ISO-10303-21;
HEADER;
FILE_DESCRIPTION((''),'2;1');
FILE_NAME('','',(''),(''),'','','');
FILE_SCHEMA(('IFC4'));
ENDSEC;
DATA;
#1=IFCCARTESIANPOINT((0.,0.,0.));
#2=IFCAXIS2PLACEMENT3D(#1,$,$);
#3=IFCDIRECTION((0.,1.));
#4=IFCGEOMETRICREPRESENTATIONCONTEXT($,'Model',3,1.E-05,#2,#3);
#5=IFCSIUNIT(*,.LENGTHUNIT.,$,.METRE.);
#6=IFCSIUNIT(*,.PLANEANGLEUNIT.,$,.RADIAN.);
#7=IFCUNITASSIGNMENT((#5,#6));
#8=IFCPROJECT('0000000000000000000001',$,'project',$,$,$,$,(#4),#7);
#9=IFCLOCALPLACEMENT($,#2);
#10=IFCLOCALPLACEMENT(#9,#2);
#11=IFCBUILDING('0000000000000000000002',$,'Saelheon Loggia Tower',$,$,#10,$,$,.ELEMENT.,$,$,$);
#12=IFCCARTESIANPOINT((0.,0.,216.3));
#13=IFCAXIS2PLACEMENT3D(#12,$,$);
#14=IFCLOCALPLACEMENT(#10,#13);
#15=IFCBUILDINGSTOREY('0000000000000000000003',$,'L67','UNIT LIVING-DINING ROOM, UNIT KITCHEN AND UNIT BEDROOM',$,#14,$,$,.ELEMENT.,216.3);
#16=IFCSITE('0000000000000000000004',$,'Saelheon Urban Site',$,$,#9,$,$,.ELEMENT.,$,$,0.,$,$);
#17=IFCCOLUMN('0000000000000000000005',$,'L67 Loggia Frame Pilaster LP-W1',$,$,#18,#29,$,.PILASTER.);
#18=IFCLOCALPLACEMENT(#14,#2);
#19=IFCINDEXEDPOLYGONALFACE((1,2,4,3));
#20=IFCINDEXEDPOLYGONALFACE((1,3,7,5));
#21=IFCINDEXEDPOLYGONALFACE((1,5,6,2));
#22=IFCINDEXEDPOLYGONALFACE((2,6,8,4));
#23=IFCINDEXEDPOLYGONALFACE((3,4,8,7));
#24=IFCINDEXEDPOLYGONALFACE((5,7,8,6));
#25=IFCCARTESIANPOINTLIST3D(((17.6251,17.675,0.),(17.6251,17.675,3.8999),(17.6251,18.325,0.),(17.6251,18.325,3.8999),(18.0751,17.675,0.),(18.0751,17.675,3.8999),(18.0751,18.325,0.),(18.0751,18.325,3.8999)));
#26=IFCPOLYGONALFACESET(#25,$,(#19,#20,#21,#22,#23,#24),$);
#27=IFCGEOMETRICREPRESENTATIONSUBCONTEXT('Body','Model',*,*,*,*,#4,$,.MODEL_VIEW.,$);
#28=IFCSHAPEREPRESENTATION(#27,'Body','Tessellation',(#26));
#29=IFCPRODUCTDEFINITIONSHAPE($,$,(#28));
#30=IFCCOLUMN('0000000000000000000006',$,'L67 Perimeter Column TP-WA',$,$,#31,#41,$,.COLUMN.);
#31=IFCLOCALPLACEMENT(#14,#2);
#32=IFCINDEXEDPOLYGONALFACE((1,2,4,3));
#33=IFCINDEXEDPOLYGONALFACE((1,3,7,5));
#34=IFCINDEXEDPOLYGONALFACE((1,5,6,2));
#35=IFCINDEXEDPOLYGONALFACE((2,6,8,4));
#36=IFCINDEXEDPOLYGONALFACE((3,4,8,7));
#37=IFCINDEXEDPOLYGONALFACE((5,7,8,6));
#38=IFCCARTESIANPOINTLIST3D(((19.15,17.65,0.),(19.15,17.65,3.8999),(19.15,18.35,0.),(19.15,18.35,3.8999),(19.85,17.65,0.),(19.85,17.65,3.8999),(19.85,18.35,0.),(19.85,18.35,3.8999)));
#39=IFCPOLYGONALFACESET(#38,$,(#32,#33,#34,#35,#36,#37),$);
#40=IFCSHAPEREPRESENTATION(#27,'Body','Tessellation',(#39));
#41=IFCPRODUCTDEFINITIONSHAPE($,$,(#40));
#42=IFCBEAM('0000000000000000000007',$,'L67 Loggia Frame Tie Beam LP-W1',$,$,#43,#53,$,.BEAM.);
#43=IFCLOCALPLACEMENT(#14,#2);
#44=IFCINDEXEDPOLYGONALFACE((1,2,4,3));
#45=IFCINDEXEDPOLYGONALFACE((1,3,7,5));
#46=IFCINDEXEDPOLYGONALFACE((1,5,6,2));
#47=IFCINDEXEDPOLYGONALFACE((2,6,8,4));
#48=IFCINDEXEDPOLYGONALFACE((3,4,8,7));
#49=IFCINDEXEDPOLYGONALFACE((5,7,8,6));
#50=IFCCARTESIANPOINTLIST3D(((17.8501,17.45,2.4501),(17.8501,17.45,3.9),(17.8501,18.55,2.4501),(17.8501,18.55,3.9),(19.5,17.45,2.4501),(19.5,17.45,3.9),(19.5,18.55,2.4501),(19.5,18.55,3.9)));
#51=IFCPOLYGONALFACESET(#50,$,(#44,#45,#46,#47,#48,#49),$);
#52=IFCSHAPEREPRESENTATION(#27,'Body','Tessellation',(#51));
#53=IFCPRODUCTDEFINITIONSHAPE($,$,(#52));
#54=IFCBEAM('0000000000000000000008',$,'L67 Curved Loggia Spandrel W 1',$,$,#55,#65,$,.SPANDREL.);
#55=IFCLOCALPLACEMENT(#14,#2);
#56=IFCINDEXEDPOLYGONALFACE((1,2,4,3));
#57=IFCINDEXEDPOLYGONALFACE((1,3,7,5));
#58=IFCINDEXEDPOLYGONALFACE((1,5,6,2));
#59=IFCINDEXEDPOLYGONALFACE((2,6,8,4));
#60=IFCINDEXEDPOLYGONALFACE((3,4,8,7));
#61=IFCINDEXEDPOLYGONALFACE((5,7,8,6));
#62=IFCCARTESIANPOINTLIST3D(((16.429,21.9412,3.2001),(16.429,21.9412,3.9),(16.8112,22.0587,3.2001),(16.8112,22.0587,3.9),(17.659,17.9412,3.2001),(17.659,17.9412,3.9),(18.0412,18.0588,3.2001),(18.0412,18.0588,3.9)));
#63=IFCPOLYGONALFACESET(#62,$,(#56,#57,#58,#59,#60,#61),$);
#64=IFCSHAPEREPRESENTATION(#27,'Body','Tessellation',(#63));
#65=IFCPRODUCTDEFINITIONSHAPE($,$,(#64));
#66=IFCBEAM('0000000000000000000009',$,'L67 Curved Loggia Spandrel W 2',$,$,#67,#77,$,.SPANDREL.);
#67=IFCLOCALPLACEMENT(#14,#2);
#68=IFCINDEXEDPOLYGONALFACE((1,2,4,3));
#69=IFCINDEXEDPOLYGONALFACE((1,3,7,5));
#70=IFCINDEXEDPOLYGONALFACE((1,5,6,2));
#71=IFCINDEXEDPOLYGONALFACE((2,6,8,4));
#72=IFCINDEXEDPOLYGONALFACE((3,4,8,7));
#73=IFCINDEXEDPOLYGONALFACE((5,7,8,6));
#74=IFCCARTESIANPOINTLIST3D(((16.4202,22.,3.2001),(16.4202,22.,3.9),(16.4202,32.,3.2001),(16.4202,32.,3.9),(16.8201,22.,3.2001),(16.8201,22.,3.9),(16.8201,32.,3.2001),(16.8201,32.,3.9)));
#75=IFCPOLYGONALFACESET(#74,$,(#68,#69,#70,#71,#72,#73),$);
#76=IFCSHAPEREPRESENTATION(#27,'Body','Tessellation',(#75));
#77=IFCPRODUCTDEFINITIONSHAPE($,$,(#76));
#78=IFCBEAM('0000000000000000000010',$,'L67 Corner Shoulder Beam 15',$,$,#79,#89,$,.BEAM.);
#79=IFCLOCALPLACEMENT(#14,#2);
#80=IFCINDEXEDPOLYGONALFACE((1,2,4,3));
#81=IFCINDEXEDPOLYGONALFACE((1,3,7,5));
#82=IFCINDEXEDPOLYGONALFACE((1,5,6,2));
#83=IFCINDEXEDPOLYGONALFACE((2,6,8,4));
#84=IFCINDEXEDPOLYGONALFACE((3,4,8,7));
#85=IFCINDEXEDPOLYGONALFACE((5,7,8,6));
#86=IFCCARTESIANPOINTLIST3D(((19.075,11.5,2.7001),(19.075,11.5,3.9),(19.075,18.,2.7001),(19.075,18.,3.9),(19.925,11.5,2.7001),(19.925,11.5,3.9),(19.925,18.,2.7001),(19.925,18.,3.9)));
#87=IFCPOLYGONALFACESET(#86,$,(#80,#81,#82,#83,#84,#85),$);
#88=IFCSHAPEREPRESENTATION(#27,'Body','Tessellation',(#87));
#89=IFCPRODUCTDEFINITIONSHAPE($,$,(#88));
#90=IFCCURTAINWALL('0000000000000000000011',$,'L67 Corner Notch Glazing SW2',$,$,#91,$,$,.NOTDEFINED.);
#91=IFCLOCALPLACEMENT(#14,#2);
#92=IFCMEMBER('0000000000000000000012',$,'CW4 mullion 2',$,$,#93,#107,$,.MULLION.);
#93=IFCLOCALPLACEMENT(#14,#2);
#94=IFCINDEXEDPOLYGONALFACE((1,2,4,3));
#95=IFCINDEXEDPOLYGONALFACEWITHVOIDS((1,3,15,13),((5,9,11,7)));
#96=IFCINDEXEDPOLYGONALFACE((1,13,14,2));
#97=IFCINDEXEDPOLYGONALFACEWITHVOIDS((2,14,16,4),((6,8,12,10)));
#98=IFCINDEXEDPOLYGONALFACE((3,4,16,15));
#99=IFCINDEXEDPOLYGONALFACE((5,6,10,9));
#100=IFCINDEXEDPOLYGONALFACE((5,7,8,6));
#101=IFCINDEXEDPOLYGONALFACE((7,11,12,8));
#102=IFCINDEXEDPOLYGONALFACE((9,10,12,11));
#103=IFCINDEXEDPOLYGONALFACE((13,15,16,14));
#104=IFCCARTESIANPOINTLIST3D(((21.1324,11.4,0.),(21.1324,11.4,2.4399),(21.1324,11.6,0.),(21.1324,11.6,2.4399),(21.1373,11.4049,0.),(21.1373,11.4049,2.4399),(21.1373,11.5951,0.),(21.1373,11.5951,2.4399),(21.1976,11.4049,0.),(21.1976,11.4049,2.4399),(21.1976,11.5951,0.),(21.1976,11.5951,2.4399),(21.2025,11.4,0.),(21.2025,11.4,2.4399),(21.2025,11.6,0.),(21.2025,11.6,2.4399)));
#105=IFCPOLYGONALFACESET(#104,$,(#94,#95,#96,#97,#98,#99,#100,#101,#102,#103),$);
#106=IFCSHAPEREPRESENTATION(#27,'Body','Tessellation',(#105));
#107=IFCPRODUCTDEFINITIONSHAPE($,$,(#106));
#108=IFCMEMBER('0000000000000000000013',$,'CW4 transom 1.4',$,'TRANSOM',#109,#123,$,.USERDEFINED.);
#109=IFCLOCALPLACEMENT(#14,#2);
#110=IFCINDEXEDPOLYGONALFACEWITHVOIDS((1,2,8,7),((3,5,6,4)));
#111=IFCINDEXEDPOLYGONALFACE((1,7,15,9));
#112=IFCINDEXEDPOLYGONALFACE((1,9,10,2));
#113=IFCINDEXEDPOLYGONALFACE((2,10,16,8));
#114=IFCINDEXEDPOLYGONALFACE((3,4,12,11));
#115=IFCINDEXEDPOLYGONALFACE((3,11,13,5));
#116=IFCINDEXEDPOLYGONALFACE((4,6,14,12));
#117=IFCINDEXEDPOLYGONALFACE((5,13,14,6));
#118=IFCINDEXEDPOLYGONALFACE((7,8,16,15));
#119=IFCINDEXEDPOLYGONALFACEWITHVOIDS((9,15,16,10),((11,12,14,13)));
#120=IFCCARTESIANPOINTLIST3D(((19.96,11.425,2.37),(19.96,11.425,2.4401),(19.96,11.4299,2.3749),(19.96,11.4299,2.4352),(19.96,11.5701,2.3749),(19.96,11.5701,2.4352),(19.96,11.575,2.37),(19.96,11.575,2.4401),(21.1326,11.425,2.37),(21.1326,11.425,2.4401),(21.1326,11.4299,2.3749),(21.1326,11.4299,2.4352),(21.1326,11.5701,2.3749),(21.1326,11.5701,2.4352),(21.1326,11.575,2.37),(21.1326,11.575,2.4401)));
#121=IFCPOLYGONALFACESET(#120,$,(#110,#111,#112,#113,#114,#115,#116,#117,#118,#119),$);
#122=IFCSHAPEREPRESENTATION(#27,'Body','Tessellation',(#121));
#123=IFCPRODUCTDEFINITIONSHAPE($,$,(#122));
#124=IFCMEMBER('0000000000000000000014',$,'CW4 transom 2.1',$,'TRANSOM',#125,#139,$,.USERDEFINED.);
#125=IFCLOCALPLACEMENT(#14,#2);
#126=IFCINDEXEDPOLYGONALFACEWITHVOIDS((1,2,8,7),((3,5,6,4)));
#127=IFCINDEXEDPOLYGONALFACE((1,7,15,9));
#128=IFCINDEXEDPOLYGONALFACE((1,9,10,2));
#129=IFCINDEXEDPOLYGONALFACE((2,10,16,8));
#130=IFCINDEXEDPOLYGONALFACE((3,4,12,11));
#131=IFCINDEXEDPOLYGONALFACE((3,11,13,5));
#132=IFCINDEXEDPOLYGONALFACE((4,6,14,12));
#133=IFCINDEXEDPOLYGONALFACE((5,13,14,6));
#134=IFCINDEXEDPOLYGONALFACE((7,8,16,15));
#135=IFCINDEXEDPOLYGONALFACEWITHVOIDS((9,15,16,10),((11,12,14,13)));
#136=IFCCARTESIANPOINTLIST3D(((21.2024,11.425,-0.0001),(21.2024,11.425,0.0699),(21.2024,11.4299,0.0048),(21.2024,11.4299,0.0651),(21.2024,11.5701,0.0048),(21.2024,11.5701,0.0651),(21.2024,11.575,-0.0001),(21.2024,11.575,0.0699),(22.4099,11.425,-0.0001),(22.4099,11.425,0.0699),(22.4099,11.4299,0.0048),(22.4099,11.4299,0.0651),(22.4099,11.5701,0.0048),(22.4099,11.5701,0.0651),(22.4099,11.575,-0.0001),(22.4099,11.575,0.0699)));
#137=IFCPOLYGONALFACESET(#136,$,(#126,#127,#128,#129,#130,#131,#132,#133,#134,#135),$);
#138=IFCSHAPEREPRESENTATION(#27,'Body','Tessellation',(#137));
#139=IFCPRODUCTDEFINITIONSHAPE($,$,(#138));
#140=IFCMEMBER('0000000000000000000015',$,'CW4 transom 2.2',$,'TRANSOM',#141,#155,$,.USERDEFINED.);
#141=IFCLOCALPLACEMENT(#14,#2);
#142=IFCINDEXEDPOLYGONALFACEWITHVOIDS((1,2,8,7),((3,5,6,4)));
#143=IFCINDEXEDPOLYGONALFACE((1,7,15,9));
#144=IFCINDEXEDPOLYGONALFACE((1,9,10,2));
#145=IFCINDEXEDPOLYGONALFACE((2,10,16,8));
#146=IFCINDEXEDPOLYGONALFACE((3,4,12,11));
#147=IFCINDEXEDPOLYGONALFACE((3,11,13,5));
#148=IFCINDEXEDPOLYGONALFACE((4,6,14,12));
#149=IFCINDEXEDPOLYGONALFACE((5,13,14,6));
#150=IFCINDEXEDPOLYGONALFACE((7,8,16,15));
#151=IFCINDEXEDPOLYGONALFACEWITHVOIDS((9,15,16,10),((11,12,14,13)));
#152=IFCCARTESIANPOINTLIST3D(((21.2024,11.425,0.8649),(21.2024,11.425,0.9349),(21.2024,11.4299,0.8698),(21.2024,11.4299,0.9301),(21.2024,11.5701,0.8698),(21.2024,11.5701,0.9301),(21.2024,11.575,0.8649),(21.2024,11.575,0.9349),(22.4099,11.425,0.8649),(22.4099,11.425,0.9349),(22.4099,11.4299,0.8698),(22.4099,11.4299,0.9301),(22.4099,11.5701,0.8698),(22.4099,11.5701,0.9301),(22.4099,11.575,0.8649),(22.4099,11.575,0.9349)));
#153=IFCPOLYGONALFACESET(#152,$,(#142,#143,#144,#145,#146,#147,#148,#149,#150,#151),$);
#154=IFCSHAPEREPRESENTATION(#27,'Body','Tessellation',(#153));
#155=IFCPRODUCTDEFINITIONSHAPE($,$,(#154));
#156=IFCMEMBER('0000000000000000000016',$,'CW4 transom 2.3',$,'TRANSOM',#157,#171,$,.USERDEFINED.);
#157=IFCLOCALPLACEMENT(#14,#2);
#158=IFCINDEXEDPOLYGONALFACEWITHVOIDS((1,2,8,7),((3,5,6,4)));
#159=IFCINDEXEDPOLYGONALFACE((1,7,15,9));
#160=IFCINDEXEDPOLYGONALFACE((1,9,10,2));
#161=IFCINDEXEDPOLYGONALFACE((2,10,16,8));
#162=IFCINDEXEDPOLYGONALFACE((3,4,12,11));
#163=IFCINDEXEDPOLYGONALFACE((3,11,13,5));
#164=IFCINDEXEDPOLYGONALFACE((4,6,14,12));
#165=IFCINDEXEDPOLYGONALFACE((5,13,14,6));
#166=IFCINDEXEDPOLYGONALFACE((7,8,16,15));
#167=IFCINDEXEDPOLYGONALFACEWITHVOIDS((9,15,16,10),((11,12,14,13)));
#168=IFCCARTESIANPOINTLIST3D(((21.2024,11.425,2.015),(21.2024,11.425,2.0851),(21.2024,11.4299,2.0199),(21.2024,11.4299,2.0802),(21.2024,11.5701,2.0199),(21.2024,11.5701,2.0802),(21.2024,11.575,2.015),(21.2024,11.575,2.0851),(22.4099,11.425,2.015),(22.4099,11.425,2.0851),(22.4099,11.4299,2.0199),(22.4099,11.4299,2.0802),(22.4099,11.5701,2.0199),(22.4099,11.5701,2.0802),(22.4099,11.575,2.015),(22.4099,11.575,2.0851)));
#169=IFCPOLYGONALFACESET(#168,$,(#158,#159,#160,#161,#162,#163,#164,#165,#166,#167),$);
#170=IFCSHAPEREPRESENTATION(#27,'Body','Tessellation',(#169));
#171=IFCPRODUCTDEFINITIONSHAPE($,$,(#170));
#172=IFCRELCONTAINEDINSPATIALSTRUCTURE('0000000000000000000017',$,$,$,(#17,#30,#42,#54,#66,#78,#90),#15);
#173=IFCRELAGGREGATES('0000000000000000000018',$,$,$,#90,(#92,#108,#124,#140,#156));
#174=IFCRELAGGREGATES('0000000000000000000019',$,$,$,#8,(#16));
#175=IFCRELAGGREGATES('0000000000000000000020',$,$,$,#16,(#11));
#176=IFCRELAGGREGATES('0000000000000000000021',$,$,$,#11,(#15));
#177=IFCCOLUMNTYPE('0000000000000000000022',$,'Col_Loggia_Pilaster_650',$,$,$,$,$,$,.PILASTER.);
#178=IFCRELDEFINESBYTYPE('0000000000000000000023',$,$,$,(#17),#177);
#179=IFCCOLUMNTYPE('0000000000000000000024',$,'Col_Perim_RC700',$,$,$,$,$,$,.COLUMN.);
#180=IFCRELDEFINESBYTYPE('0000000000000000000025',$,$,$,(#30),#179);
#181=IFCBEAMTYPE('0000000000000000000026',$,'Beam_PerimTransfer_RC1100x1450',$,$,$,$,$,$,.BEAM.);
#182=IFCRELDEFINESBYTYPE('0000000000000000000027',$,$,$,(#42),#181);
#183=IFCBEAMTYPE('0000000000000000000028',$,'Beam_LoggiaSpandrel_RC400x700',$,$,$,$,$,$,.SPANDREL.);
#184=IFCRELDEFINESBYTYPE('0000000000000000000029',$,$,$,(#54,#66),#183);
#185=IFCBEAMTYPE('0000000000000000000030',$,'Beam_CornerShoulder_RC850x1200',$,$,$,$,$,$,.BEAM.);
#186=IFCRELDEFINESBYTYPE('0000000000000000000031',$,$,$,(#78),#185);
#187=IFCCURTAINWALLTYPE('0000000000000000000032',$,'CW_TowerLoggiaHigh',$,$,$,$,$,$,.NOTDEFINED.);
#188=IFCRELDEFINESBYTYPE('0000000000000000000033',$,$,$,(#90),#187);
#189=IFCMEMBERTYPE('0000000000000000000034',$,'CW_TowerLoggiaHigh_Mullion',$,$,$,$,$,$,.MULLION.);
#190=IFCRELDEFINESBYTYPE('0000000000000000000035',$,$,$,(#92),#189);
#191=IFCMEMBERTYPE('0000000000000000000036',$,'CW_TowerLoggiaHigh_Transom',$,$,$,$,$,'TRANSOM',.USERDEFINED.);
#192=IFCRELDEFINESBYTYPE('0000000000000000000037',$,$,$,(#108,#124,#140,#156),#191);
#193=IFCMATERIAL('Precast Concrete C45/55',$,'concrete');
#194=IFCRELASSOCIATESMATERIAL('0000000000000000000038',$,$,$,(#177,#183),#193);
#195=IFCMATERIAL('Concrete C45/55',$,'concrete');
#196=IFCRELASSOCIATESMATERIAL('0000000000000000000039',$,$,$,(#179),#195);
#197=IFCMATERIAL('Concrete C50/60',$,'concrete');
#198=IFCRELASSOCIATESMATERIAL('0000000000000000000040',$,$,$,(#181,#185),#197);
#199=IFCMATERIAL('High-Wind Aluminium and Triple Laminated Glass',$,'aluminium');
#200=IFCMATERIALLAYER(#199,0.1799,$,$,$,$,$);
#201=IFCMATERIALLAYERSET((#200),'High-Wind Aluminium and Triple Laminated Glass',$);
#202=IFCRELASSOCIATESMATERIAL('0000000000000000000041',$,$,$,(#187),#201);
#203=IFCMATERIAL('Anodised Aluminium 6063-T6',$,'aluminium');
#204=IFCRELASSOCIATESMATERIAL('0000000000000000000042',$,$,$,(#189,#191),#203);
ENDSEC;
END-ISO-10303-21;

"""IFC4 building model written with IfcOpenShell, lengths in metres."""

from ifc_helpers import new_model, si_unit, direction, frame, origin, origin_2d, place, context, subcontext, project, spatial, rectangle, hollow_rectangle, extrude, source, transform, mapped, material, layer, layer_set, material_profile, profile_set, type_object, element, aggregate, save


model = new_model("IFC4")

# Units and contexts
model_context = context("Model", 3, precision=1e-05, world=origin(), true_north=direction((0.0, 1.0)))
body_context = subcontext(model_context, "Body", "Model", "MODEL_VIEW")
ifc_project = project(units=[si_unit("LENGTHUNIT", "METRE"), si_unit("PLANEANGLEUNIT", "RADIAN")], contexts=[model_context])

# Site, building, storey
site_placement = place(None, origin())
site = spatial("IfcSite", under=ifc_project, at=site_placement, Name="Saelheon Urban Site", CompositionType="ELEMENT", RefElevation=0.0)
building_placement = place(site_placement, origin())
building = spatial("IfcBuilding", under=site, at=building_placement, Name="Saelheon Loggia Tower", CompositionType="ELEMENT")
storey_placement = place(building_placement, frame((0.0, 0.0, 216.3)))
storey = spatial("IfcBuildingStorey", under=building, at=storey_placement, Name="L67", Description="UNIT LIVING-DINING ROOM, UNIT KITCHEN AND UNIT BEDROOM", CompositionType="ELEMENT", Elevation=216.3)

# Columns
ifc_material_1 = material(Name="Precast Concrete C45/55", Category="concrete")
ifc_material_profile_1 = material_profile(ifc_material_1, rectangle(XDim=0.45, YDim=0.6499, at=origin_2d()), Name="RC-450x650")
ifc_profile_set_1 = profile_set([ifc_material_profile_1], Name="Precast Concrete C45/55")
column_type_1 = type_object("IfcColumnType", Name="Col_Loggia_Pilaster_650", PredefinedType="PILASTER", material=ifc_profile_set_1)
shared_shape_1 = source(origin(), body_context, "Body", "SweptSolid", [
    extrude(rectangle(XDim=0.45, YDim=0.6499, at=origin_2d()), origin(), (0.0, 0.0, 1.0), 3.8999),
])
column_1_placement = place(storey_placement, frame((17.8501, 18.0, 0.0), z_axis=(0.0, 0.0, 1.0), x_axis=(1.0, 0.0, 0.0)))
element("IfcColumn", 1, at=column_1_placement, inside=storey, type_object=column_type_1, Name="L67 Loggia Frame Pilaster LP-W1", PredefinedType="PILASTER", context=body_context, shape_type="MappedRepresentation", body=[
    mapped(shared_shape_1, transform((0.0, 0.0, 0.0), scale=1.0)),
])
ifc_material_2 = material(Name="Concrete C45/55", Category="concrete")
ifc_material_profile_2 = material_profile(ifc_material_2, rectangle(XDim=0.7, YDim=0.7, at=origin_2d()), Name="RC-700x700")
ifc_profile_set_2 = profile_set([ifc_material_profile_2], Name="Concrete C45/55")
column_type_2 = type_object("IfcColumnType", Name="Col_Perim_RC700", PredefinedType="COLUMN", material=ifc_profile_set_2)
shared_shape_2 = source(origin(), body_context, "Body", "SweptSolid", [
    extrude(rectangle(XDim=0.7, YDim=0.7, at=origin_2d()), origin(), (0.0, 0.0, 1.0), 3.8999),
])
column_2_placement = place(storey_placement, frame((19.5, 18.0, 0.0), z_axis=(0.0, 0.0, 1.0), x_axis=(1.0, 0.0, 0.0)))
element("IfcColumn", 2, at=column_2_placement, inside=storey, type_object=column_type_2, Name="L67 Perimeter Column TP-WA", PredefinedType="COLUMN", context=body_context, shape_type="MappedRepresentation", body=[
    mapped(shared_shape_2, transform((0.0, 0.0, 0.0), scale=1.0)),
])

# Beams
ifc_material_3 = material(Name="Concrete C50/60", Category="concrete")
ifc_material_profile_3 = material_profile(ifc_material_3, rectangle(XDim=1.1001, YDim=1.45, at=origin_2d()), Name="RC-1100x1450")
ifc_profile_set_3 = profile_set([ifc_material_profile_3], Name="Concrete C50/60")
beam_type_1 = type_object("IfcBeamType", Name="Beam_PerimTransfer_RC1100x1450", PredefinedType="BEAM", material=ifc_profile_set_3)
shared_shape_3 = source(origin(), body_context, "Body", "SweptSolid", [
    extrude(rectangle(XDim=1.1001, YDim=1.45, at=origin_2d()), origin(), (0.0, 0.0, 1.0), 1.6499),
])
beam_1_placement = place(storey_placement, frame((19.5, 18.0, 3.175), z_axis=(-1.0, 0.0, 0.0), x_axis=(0.0, -1.0, 0.0)))
element("IfcBeam", 3, at=beam_1_placement, inside=storey, type_object=beam_type_1, Name="L67 Loggia Frame Tie Beam LP-W1", PredefinedType="BEAM", context=body_context, shape_type="MappedRepresentation", body=[
    mapped(shared_shape_3, transform((0.0, 0.0, 0.0), scale=1.0)),
])
ifc_material_profile_4 = material_profile(ifc_material_1, rectangle(XDim=0.3999, YDim=0.7, at=origin_2d()), Name="RC-400x700")
ifc_profile_set_4 = profile_set([ifc_material_profile_4], Name="Precast Concrete C45/55")
beam_type_2 = type_object("IfcBeamType", Name="Beam_LoggiaSpandrel_RC400x700", PredefinedType="SPANDREL", material=ifc_profile_set_4)
shared_shape_4 = source(origin(), body_context, "Body", "SweptSolid", [
    extrude(rectangle(XDim=0.3999, YDim=0.7, at=origin_2d()), origin(), (0.0, 0.0, 1.0), 4.1848),
])
beam_2_placement = place(storey_placement, frame((17.8501, 18.0, 3.55), z_axis=(-0.293914, 0.955832, 0.0), x_axis=(-0.955832, -0.293914, 0.0)))
element("IfcBeam", 4, at=beam_2_placement, inside=storey, type_object=beam_type_2, Name="L67 Curved Loggia Spandrel W 1", PredefinedType="SPANDREL", context=body_context, shape_type="MappedRepresentation", body=[
    mapped(shared_shape_4, transform((0.0, 0.0, 0.0), scale=1.0)),
])
shared_shape_5 = source(origin(), body_context, "Body", "SweptSolid", [
    extrude(rectangle(XDim=0.3999, YDim=0.7, at=origin_2d()), origin(), (0.0, 0.0, 1.0), 10.0),
])
beam_3_placement = place(storey_placement, frame((16.6201, 22.0, 3.55), z_axis=(0.0, 1.0, 0.0), x_axis=(-1.0, 0.0, 0.0)))
element("IfcBeam", 5, at=beam_3_placement, inside=storey, type_object=beam_type_2, Name="L67 Curved Loggia Spandrel W 2", PredefinedType="SPANDREL", context=body_context, shape_type="MappedRepresentation", body=[
    mapped(shared_shape_5, transform((0.0, 0.0, 0.0), scale=1.0)),
])
ifc_material_profile_5 = material_profile(ifc_material_3, rectangle(XDim=0.8501, YDim=1.2, at=origin_2d()), Name="RC-850x1200")
ifc_profile_set_5 = profile_set([ifc_material_profile_5], Name="Concrete C50/60")
beam_type_3 = type_object("IfcBeamType", Name="Beam_CornerShoulder_RC850x1200", PredefinedType="BEAM", material=ifc_profile_set_5)
shared_shape_6 = source(origin(), body_context, "Body", "SweptSolid", [
    extrude(rectangle(XDim=0.8501, YDim=1.2, at=origin_2d()), origin(), (0.0, 0.0, 1.0), 6.5),
])
beam_4_placement = place(storey_placement, frame((19.5, 18.0, 3.3), z_axis=(0.0, -1.0, 0.0), x_axis=(1.0, 0.0, 0.0)))
element("IfcBeam", 6, at=beam_4_placement, inside=storey, type_object=beam_type_3, Name="L67 Corner Shoulder Beam 15", PredefinedType="BEAM", context=body_context, shape_type="MappedRepresentation", body=[
    mapped(shared_shape_6, transform((0.0, 0.0, 0.0), scale=1.0)),
])

# Curtain wall, members
ifc_material_4 = material(Name="High-Wind Aluminium and Triple Laminated Glass", Category="aluminium")
ifc_layer_1 = layer(ifc_material_4, 0.1799)
ifc_layer_set_1 = layer_set([ifc_layer_1], Name="High-Wind Aluminium and Triple Laminated Glass")
curtain_wall_type = type_object("IfcCurtainWallType", Name="CW_TowerLoggiaHigh", PredefinedType="NOTDEFINED", material=ifc_layer_set_1)
curtain_wall_placement = place(storey_placement, origin())
curtain_wall = element("IfcCurtainWall", 7, at=curtain_wall_placement, inside=storey, type_object=curtain_wall_type, Name="L67 Corner Notch Glazing SW2", PredefinedType="NOTDEFINED")
ifc_material_5 = material(Name="Anodised Aluminium 6063-T6", Category="aluminium")
ifc_material_profile_6 = material_profile(ifc_material_5, hollow_rectangle(XDim=0.0701, YDim=0.2, WallThickness=0.0049, at=origin_2d()), Name="RHS-200x70x5")
ifc_profile_set_6 = profile_set([ifc_material_profile_6], Name="Anodised Aluminium 6063-T6")
member_type_1 = type_object("IfcMemberType", Name="CW_TowerLoggiaHigh_Mullion", PredefinedType="MULLION", material=ifc_profile_set_6)
shared_shape_7 = source(origin(), body_context, "Body", "SweptSolid", [
    extrude(hollow_rectangle(XDim=0.0701, YDim=0.2, WallThickness=0.0049, at=origin_2d()), origin(), (0.0, 0.0, 1.0), 2.4399),
])
member_1_placement = place(storey_placement, frame((21.1675, 11.5, 0.0), z_axis=(0.0, 0.0, 1.0), x_axis=(1.0, 0.0, 0.0)))
member_1 = element("IfcMember", 8, at=member_1_placement, type_object=member_type_1, Name="CW4 mullion 2", PredefinedType="MULLION", context=body_context, shape_type="MappedRepresentation", body=[
    mapped(shared_shape_7, transform((0.0, 0.0, 0.0), scale=1.0)),
])
ifc_material_profile_7 = material_profile(ifc_material_5, hollow_rectangle(XDim=0.0701, YDim=0.1499, WallThickness=0.0049, at=origin_2d()), Name="RHS-150x70x5")
ifc_profile_set_7 = profile_set([ifc_material_profile_7], Name="Anodised Aluminium 6063-T6")
member_type_2 = type_object("IfcMemberType", Name="CW_TowerLoggiaHigh_Transom", ElementType="TRANSOM", PredefinedType="USERDEFINED", material=ifc_profile_set_7)
shared_shape_8 = source(origin(), body_context, "Body", "SweptSolid", [
    extrude(hollow_rectangle(XDim=0.0701, YDim=0.1499, WallThickness=0.0049, at=origin_2d()), origin(), (0.0, 0.0, 1.0), 1.1726),
])
member_2_placement = place(storey_placement, frame((19.96, 11.5, 2.405), z_axis=(1.0, 0.0, 0.0), x_axis=(0.0, 0.0, 1.0)))
member_2 = element("IfcMember", 9, at=member_2_placement, type_object=member_type_2, Name="CW4 transom 1.4", ObjectType="TRANSOM", PredefinedType="USERDEFINED", context=body_context, shape_type="MappedRepresentation", body=[
    mapped(shared_shape_8, transform((0.0, 0.0, 0.0), scale=1.0)),
])
shared_shape_9 = source(origin(), body_context, "Body", "SweptSolid", [
    extrude(hollow_rectangle(XDim=0.0701, YDim=0.1499, WallThickness=0.0049, at=origin_2d()), origin(), (0.0, 0.0, 1.0), 1.2075),
])
member_3_placement = place(storey_placement, frame((21.2024, 11.5, 0.0349), z_axis=(1.0, 0.0, 0.0), x_axis=(0.0, 0.0, 1.0)))
member_3 = element("IfcMember", 10, at=member_3_placement, type_object=member_type_2, Name="CW4 transom 2.1", ObjectType="TRANSOM", PredefinedType="USERDEFINED", context=body_context, shape_type="MappedRepresentation", body=[
    mapped(shared_shape_9, transform((0.0, 0.0, 0.0), scale=1.0)),
])
member_4_placement = place(storey_placement, frame((21.2024, 11.5, 0.8999), z_axis=(1.0, 0.0, 0.0), x_axis=(0.0, 0.0, 1.0)))
member_4 = element("IfcMember", 11, at=member_4_placement, type_object=member_type_2, Name="CW4 transom 2.2", ObjectType="TRANSOM", PredefinedType="USERDEFINED", context=body_context, shape_type="MappedRepresentation", body=[
    mapped(shared_shape_9, transform((0.0, 0.0, 0.0), scale=1.0)),
])
member_5_placement = place(storey_placement, frame((21.2024, 11.5, 2.05), z_axis=(1.0, 0.0, 0.0), x_axis=(0.0, 0.0, 1.0)))
member_5 = element("IfcMember", 12, at=member_5_placement, type_object=member_type_2, Name="CW4 transom 2.3", ObjectType="TRANSOM", PredefinedType="USERDEFINED", context=body_context, shape_type="MappedRepresentation", body=[
    mapped(shared_shape_9, transform((0.0, 0.0, 0.0), scale=1.0)),
])
aggregate(curtain_wall, [member_1, member_2, member_3, member_4, member_5])

save(model, "model.ifc")
